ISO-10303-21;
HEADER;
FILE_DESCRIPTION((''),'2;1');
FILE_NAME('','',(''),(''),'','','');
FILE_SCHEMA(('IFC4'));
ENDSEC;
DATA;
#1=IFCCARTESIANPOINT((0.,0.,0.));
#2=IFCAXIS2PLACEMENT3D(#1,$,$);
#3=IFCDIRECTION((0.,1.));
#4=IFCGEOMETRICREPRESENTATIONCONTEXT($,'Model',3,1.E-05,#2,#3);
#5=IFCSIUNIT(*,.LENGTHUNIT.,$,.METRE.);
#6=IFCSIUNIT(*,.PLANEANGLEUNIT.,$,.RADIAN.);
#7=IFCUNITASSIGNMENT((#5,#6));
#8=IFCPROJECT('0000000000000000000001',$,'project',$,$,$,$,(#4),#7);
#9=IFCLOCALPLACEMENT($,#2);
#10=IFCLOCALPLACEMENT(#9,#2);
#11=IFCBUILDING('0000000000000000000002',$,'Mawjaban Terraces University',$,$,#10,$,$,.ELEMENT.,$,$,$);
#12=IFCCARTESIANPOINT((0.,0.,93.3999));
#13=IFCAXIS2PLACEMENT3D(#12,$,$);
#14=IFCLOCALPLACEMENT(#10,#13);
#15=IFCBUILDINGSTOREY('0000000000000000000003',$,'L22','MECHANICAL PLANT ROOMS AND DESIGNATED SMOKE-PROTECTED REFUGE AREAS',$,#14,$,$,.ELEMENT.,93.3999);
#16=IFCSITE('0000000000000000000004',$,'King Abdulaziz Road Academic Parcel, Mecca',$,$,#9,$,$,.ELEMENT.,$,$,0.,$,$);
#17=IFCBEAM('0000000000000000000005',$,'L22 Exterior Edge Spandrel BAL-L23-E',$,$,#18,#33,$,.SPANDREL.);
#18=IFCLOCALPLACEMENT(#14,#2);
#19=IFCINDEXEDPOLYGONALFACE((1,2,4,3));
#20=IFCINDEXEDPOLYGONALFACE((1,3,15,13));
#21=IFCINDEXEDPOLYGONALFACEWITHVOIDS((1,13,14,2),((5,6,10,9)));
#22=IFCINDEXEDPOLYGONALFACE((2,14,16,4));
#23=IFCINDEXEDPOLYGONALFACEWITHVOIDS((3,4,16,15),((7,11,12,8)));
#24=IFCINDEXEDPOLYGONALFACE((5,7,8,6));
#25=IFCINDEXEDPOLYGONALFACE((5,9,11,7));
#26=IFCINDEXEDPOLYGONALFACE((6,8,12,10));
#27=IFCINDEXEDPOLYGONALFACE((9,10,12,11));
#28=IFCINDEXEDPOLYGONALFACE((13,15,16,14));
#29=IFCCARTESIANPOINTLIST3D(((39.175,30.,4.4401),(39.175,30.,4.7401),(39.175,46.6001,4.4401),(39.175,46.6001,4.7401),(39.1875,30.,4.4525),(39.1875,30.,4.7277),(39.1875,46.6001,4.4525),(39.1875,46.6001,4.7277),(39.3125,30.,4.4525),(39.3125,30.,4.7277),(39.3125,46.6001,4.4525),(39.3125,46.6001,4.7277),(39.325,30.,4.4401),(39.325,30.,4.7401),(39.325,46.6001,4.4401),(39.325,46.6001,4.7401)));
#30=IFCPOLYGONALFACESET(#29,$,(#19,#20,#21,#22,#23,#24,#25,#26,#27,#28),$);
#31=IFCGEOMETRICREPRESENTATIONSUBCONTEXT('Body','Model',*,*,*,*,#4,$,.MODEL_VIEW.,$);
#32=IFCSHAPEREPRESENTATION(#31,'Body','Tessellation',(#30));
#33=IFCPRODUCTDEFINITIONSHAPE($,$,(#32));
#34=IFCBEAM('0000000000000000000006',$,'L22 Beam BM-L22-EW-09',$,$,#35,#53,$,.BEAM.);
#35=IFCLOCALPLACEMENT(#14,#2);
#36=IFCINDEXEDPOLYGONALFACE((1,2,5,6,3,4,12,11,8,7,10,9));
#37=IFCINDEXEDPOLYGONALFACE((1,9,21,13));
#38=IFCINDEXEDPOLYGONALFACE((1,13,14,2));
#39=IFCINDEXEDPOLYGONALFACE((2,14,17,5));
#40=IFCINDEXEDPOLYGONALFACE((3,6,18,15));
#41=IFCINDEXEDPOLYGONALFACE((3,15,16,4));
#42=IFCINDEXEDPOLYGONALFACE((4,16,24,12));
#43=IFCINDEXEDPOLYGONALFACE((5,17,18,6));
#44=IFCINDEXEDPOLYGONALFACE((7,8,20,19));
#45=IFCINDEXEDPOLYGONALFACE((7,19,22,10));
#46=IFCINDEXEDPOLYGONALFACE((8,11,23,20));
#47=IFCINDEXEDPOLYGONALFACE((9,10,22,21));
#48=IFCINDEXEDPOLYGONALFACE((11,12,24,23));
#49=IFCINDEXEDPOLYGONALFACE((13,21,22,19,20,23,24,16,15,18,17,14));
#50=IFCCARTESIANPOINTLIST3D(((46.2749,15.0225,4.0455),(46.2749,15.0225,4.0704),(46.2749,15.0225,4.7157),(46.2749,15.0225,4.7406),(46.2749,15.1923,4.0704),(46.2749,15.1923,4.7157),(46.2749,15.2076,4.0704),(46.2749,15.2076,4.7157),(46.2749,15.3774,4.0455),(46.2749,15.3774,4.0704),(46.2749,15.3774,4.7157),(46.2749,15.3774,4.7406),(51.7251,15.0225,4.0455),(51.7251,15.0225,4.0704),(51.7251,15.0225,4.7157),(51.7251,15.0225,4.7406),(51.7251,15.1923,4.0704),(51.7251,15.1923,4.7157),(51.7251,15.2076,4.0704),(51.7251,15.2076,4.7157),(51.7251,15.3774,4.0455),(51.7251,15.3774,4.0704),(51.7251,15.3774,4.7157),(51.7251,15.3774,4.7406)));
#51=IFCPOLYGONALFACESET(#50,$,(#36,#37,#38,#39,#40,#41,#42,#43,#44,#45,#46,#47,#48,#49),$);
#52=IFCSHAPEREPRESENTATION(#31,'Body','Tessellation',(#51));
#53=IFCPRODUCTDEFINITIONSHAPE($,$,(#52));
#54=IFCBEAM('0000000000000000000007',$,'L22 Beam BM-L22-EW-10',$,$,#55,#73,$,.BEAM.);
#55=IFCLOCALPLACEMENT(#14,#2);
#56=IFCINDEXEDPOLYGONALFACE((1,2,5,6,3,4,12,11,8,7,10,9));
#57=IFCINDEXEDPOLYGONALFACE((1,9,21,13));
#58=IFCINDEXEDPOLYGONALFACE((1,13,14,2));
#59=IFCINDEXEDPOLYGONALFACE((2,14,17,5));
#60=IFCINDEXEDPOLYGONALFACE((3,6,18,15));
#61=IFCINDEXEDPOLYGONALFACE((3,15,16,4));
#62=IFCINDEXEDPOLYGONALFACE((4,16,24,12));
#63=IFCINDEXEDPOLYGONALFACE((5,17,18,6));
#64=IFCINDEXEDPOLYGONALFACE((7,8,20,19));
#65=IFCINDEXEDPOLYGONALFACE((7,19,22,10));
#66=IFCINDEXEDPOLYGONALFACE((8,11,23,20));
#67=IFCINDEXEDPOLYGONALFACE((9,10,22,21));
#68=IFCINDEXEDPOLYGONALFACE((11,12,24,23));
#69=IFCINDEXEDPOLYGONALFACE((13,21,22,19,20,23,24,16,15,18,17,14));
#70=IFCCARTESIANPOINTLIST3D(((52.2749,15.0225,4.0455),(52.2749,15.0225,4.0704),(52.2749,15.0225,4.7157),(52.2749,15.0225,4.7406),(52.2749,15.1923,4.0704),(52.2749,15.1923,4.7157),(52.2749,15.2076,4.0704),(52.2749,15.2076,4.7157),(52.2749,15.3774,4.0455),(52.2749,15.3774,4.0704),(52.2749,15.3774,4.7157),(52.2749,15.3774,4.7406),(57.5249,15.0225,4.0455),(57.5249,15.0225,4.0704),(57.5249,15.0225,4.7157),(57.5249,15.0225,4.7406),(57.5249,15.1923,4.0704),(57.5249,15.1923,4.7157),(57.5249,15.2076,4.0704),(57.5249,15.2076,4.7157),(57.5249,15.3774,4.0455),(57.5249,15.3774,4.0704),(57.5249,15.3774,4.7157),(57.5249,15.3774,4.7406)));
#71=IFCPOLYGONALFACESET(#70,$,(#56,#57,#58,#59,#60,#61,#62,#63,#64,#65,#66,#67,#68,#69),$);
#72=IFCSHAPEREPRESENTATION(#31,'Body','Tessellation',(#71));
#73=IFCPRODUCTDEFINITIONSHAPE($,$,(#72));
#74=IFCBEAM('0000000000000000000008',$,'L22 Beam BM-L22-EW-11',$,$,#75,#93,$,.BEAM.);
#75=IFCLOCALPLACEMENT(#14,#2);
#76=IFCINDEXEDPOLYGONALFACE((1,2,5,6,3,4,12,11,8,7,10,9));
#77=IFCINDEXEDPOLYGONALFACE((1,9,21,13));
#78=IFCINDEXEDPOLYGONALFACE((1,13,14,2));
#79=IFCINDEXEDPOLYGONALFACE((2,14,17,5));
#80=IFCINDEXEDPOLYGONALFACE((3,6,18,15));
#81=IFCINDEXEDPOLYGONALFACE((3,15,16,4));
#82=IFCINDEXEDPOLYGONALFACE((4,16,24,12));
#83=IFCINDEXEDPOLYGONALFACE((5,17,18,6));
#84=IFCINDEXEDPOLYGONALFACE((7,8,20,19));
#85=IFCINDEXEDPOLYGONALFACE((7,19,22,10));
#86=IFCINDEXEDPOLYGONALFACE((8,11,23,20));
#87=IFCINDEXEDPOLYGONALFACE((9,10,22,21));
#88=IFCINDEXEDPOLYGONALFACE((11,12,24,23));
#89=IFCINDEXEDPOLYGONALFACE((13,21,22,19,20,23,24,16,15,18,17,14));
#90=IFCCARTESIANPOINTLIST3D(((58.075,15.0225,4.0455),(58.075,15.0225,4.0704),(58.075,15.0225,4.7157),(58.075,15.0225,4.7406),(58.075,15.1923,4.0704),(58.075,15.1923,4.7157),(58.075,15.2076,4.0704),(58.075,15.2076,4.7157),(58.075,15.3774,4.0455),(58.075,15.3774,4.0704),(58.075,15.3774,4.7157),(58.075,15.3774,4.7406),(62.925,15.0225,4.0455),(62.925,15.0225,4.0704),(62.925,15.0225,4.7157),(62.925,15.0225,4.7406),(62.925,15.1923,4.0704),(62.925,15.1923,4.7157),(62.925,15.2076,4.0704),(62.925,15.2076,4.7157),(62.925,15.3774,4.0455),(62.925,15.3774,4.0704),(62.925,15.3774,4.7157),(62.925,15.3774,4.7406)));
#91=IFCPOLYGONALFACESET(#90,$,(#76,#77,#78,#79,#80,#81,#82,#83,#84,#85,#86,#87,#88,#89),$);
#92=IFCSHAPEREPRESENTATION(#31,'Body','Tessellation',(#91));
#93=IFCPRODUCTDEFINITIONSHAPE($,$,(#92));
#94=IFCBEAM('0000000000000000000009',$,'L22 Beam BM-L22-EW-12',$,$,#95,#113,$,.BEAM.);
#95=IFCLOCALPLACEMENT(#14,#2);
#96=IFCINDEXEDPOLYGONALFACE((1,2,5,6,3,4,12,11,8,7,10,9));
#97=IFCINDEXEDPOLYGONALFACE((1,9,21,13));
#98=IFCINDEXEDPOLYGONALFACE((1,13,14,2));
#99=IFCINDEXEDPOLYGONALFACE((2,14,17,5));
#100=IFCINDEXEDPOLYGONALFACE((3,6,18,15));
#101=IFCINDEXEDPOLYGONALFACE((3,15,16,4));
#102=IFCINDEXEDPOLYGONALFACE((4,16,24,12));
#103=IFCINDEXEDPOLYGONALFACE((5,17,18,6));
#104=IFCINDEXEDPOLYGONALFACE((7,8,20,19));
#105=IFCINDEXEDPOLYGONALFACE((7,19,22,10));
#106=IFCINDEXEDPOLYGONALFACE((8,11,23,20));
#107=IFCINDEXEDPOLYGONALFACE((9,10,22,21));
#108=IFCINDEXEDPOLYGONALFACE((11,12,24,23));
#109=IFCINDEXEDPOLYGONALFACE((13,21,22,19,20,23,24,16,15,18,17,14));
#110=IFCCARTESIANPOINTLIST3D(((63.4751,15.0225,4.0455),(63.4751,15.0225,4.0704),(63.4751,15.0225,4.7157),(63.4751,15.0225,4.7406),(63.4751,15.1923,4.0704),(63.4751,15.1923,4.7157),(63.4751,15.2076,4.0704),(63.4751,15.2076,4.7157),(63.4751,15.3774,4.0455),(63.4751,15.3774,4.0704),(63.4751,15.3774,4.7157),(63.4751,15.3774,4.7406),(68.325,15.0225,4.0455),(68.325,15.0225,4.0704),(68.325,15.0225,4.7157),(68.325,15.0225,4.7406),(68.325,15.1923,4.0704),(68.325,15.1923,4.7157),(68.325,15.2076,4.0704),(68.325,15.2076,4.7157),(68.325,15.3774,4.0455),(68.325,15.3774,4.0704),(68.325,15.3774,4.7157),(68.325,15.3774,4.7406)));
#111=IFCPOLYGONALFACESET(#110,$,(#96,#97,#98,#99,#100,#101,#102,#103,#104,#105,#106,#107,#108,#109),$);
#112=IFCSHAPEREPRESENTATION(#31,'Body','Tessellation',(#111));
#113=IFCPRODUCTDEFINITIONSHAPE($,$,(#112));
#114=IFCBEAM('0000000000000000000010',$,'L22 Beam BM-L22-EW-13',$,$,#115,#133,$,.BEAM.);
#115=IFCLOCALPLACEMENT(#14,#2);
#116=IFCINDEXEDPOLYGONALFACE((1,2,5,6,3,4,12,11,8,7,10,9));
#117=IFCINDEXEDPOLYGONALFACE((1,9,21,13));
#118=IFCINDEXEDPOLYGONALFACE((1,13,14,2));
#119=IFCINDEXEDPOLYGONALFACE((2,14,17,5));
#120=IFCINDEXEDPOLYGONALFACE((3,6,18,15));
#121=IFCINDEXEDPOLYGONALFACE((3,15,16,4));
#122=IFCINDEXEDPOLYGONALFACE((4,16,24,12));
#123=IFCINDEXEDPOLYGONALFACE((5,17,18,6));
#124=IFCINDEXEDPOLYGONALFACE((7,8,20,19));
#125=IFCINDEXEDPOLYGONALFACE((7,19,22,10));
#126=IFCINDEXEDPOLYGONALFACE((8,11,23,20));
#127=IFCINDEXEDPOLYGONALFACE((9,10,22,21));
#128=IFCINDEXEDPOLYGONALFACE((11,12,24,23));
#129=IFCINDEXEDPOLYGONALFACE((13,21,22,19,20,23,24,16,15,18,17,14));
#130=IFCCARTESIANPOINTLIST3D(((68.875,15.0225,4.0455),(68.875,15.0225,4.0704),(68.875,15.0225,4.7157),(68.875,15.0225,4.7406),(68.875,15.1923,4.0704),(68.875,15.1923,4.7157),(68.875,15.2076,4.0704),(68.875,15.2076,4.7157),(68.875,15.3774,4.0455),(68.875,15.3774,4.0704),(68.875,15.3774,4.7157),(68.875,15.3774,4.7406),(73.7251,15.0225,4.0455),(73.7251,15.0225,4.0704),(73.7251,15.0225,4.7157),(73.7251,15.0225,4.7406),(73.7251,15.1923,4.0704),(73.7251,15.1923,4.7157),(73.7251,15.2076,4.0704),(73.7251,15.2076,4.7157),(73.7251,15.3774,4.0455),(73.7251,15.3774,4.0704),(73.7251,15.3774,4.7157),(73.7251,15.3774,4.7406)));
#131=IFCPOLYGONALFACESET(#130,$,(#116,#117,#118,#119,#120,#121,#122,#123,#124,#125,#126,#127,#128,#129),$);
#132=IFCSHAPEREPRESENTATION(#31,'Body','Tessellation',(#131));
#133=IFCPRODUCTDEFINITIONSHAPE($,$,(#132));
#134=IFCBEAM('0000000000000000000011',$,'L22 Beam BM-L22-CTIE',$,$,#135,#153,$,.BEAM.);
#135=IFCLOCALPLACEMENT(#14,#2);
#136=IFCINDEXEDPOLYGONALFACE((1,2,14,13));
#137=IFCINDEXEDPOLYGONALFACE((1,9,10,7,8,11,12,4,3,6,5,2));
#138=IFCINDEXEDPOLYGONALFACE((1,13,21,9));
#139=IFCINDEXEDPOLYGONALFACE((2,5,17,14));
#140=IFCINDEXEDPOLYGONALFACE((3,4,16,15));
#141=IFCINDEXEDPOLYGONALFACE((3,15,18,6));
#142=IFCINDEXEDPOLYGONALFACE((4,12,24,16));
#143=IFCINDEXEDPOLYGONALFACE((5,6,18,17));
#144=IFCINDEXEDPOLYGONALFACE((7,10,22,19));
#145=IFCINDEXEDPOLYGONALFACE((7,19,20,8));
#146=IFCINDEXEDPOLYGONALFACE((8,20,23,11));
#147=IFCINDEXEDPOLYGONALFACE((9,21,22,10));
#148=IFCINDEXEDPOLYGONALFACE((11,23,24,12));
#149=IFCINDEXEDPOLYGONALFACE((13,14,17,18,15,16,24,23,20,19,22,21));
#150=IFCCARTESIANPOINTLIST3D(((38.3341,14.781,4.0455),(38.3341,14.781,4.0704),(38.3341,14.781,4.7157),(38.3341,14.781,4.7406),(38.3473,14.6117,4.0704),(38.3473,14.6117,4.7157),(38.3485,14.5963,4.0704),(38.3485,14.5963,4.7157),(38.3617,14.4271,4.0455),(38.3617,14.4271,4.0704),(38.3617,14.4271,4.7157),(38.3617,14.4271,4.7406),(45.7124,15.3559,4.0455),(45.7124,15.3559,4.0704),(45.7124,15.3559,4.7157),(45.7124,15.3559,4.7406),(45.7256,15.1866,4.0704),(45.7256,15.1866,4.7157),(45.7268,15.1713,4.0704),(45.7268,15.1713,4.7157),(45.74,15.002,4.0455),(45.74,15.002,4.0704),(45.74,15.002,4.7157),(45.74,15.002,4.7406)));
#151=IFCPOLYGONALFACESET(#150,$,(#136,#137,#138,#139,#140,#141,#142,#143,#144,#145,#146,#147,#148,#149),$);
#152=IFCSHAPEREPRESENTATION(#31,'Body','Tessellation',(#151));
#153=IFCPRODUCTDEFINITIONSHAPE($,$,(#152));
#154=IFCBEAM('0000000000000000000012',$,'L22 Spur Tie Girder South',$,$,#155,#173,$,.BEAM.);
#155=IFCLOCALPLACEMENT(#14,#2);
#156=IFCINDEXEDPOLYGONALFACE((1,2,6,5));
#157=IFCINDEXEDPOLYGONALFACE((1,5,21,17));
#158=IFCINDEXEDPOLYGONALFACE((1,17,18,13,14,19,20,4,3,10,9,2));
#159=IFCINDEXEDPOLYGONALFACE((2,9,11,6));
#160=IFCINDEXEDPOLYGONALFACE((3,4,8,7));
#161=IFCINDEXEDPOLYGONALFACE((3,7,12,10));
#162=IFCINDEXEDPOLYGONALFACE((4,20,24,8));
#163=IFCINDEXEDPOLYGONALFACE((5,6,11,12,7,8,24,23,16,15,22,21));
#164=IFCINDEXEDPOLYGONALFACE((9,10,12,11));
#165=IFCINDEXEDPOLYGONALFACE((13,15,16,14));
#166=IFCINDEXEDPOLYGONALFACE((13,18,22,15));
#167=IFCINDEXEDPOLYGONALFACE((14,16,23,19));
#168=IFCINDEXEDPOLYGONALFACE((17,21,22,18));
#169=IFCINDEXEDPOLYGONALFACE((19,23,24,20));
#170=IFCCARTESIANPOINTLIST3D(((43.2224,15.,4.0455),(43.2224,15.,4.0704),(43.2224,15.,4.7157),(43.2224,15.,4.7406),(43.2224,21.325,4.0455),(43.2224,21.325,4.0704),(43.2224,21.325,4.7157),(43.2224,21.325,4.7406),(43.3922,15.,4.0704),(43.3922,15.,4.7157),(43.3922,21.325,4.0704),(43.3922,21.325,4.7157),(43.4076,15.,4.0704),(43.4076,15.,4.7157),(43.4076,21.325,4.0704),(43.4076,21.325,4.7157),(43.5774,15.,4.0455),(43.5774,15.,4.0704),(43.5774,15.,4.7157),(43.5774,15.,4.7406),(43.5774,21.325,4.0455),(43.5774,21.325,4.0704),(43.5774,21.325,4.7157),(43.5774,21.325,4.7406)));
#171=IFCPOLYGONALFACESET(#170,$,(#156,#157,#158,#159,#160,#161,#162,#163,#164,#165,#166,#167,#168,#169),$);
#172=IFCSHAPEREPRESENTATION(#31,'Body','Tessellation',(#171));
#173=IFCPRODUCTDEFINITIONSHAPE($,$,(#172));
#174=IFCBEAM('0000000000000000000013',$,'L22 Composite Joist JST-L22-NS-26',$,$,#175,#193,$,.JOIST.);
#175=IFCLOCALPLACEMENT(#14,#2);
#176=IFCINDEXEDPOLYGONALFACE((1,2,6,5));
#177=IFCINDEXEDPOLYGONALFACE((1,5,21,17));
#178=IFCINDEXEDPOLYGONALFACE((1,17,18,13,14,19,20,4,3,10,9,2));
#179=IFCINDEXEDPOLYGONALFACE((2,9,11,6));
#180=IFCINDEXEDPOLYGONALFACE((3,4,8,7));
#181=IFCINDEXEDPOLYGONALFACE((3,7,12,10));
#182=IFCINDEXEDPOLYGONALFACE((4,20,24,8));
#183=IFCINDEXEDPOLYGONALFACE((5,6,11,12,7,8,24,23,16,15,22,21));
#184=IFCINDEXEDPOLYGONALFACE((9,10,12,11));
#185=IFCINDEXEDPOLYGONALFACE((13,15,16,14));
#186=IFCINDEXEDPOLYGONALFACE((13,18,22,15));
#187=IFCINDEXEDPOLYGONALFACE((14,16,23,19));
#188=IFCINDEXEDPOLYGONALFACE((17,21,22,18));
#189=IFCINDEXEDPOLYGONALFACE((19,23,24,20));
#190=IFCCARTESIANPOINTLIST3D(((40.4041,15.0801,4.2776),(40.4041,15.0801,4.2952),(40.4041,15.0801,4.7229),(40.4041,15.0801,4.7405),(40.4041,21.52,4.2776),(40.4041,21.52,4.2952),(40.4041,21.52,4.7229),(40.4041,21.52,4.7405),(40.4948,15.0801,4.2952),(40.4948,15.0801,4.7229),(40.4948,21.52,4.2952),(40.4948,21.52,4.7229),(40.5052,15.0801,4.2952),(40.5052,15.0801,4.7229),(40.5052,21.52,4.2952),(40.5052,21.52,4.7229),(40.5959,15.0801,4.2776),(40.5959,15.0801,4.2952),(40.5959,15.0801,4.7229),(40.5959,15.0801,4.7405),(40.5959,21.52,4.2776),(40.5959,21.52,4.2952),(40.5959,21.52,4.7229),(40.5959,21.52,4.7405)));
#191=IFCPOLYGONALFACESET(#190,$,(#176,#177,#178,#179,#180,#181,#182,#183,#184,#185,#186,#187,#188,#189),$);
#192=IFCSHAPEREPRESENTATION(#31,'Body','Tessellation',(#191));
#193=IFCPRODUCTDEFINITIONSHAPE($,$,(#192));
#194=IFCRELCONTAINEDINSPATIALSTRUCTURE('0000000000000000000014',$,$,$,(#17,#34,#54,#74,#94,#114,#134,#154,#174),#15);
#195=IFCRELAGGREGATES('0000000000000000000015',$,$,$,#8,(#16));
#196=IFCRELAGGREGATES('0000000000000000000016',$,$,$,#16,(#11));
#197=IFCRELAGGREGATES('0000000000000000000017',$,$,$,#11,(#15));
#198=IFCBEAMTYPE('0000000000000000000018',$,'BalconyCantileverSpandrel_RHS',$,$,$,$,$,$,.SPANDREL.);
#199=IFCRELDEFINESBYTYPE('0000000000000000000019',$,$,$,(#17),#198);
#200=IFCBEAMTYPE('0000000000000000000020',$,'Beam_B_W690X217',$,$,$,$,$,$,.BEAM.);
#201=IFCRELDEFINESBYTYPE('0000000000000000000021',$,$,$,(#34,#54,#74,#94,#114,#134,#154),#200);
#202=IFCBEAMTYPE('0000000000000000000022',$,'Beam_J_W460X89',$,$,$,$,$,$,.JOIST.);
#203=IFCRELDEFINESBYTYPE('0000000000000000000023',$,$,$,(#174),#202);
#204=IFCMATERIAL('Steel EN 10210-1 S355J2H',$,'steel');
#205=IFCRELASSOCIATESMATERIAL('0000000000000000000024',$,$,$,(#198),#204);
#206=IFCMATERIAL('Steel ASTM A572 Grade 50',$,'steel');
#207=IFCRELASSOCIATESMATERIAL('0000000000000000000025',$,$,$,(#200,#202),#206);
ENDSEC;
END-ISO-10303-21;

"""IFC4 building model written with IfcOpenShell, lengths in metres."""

from ifc_helpers import new_model, si_unit, direction, frame, origin, origin_2d, place, context, subcontext, project, spatial, hollow_rectangle, i_section, extrude, material, material_profile, profile_set, type_object, element, save


model = new_model("IFC4")

# Units and contexts
model_context = context("Model", 3, precision=1e-05, world=origin(), true_north=direction((0.0, 1.0)))
body_context = subcontext(model_context, "Body", "Model", "MODEL_VIEW")
ifc_project = project(units=[si_unit("LENGTHUNIT", "METRE"), si_unit("PLANEANGLEUNIT", "RADIAN")], contexts=[model_context])

# Site, building, storey
site_placement = place(None, origin())
site = spatial("IfcSite", under=ifc_project, at=site_placement, Name="King Abdulaziz Road Academic Parcel, Mecca", CompositionType="ELEMENT", RefElevation=0.0)
building_placement = place(site_placement, origin())
building = spatial("IfcBuilding", under=site, at=building_placement, Name="Mawjaban Terraces University", CompositionType="ELEMENT")
storey_placement = place(building_placement, frame((0.0, 0.0, 93.3999)))
storey = spatial("IfcBuildingStorey", under=building, at=storey_placement, Name="L22", Description="MECHANICAL PLANT ROOMS AND DESIGNATED SMOKE-PROTECTED REFUGE AREAS", CompositionType="ELEMENT", Elevation=93.3999)

# Shared definitions
ifc_material_1 = material(Name="Steel EN 10210-1 S355J2H", Category="steel")

# Beams
ifc_material_profile_1 = material_profile(ifc_material_1, hollow_rectangle(XDim=0.1499, YDim=0.3, WallThickness=0.0125, at=origin_2d()), Name="RHS300X150X12.5")
ifc_profile_set_1 = profile_set([ifc_material_profile_1], Name="Steel EN 10210-1 S355J2H")
beam_type_1 = type_object("IfcBeamType", Name="BalconyCantileverSpandrel_RHS", PredefinedType="SPANDREL", material=ifc_profile_set_1)
beam_1_placement = place(storey_placement, frame((39.25, 30.0, 4.5901), z_axis=(0.0, 1.0, 0.0), x_axis=(-1.0, 0.0, 0.0)))
element("IfcBeam", 1, at=beam_1_placement, inside=storey, type_object=beam_type_1, Name="L22 Exterior Edge Spandrel BAL-L23-E", PredefinedType="SPANDREL", context=body_context, shape_type="SweptSolid", body=[
    extrude(hollow_rectangle(XDim=0.1499, YDim=0.3, WallThickness=0.0125, at=origin_2d()), origin(), (0.0, 0.0, 1.0), 16.6001),
])
ifc_material_2 = material(Name="Steel ASTM A572 Grade 50", Category="steel")
ifc_material_profile_2 = material_profile(ifc_material_2, i_section(OverallWidth=0.355, OverallDepth=0.6951, WebThickness=0.0154, FlangeThickness=0.0249, at=origin_2d()), Name="W690X217")
ifc_profile_set_2 = profile_set([ifc_material_profile_2], Name="Steel ASTM A572 Grade 50")
beam_type_2 = type_object("IfcBeamType", Name="Beam_B_W690X217", PredefinedType="BEAM", material=ifc_profile_set_2)
beam_2_placement = place(storey_placement, frame((46.2749, 15.2, 4.3931), z_axis=(1.0, 0.0, 0.0), x_axis=(0.0, 1.0, 0.0)))
element("IfcBeam", 2, at=beam_2_placement, inside=storey, type_object=beam_type_2, Name="L22 Beam BM-L22-EW-09", PredefinedType="BEAM", context=body_context, shape_type="SweptSolid", body=[
    extrude(i_section(OverallWidth=0.355, OverallDepth=0.6951, WebThickness=0.0154, FlangeThickness=0.0249, at=origin_2d()), origin(), (0.0, 0.0, 1.0), 5.4502),
])
beam_3_placement = place(storey_placement, frame((52.2749, 15.2, 4.3931), z_axis=(1.0, 0.0, 0.0), x_axis=(0.0, 1.0, 0.0)))
element("IfcBeam", 3, at=beam_3_placement, inside=storey, type_object=beam_type_2, Name="L22 Beam BM-L22-EW-10", PredefinedType="BEAM", context=body_context, shape_type="SweptSolid", body=[
    extrude(i_section(OverallWidth=0.355, OverallDepth=0.6951, WebThickness=0.0154, FlangeThickness=0.0249, at=origin_2d()), origin(), (0.0, 0.0, 1.0), 5.25),
])
beam_4_placement = place(storey_placement, frame((58.075, 15.2, 4.3931), z_axis=(1.0, 0.0, 0.0), x_axis=(0.0, 1.0, 0.0)))
element("IfcBeam", 4, at=beam_4_placement, inside=storey, type_object=beam_type_2, Name="L22 Beam BM-L22-EW-11", PredefinedType="BEAM", context=body_context, shape_type="SweptSolid", body=[
    extrude(i_section(OverallWidth=0.355, OverallDepth=0.6951, WebThickness=0.0154, FlangeThickness=0.0249, at=origin_2d()), origin(), (0.0, 0.0, 1.0), 4.8501),
])
beam_5_placement = place(storey_placement, frame((63.4751, 15.2, 4.3931), z_axis=(1.0, 0.0, 0.0), x_axis=(0.0, 1.0, 0.0)))
element("IfcBeam", 5, at=beam_5_placement, inside=storey, type_object=beam_type_2, Name="L22 Beam BM-L22-EW-12", PredefinedType="BEAM", context=body_context, shape_type="SweptSolid", body=[
    extrude(i_section(OverallWidth=0.355, OverallDepth=0.6951, WebThickness=0.0154, FlangeThickness=0.0249, at=origin_2d()), origin(), (0.0, 0.0, 1.0), 4.8499),
])
beam_6_placement = place(storey_placement, frame((68.875, 15.2, 4.3931), z_axis=(1.0, 0.0, 0.0), x_axis=(0.0, 1.0, 0.0)))
element("IfcBeam", 6, at=beam_6_placement, inside=storey, type_object=beam_type_2, Name="L22 Beam BM-L22-EW-13", PredefinedType="BEAM", context=body_context, shape_type="SweptSolid", body=[
    extrude(i_section(OverallWidth=0.355, OverallDepth=0.6951, WebThickness=0.0154, FlangeThickness=0.0249, at=origin_2d()), origin(), (0.0, 0.0, 1.0), 4.8501),
])
beam_7_placement = place(storey_placement, frame((38.3479, 14.604, 4.3931), z_axis=(0.996978, 0.07769, 0.0), x_axis=(-0.07769, 0.996978, 0.0)))
element("IfcBeam", 7, at=beam_7_placement, inside=storey, type_object=beam_type_2, Name="L22 Beam BM-L22-CTIE", PredefinedType="BEAM", context=body_context, shape_type="SweptSolid", body=[
    extrude(i_section(OverallWidth=0.355, OverallDepth=0.6951, WebThickness=0.0154, FlangeThickness=0.0249, at=origin_2d()), origin(), (0.0, 0.0, 1.0), 7.4006),
])
beam_8_placement = place(storey_placement, frame((43.3999, 15.0, 4.3931), z_axis=(0.0, 1.0, 0.0), x_axis=(-1.0, 0.0, 0.0)))
element("IfcBeam", 8, at=beam_8_placement, inside=storey, type_object=beam_type_2, Name="L22 Spur Tie Girder South", PredefinedType="BEAM", context=body_context, shape_type="SweptSolid", body=[
    extrude(i_section(OverallWidth=0.355, OverallDepth=0.6951, WebThickness=0.0154, FlangeThickness=0.0249, at=origin_2d()), origin(), (0.0, 0.0, 1.0), 6.325),
])
ifc_material_profile_3 = material_profile(ifc_material_2, i_section(OverallWidth=0.1919, OverallDepth=0.4629, WebThickness=0.0105, FlangeThickness=0.0176, at=origin_2d()), Name="W460X89")
ifc_profile_set_3 = profile_set([ifc_material_profile_3], Name="Steel ASTM A572 Grade 50")
beam_type_3 = type_object("IfcBeamType", Name="Beam_J_W460X89", PredefinedType="JOIST", material=ifc_profile_set_3)
beam_9_placement = place(storey_placement, frame((40.5, 15.0801, 4.509), z_axis=(0.0, 1.0, 0.0), x_axis=(-1.0, 0.0, 0.0)))
element("IfcBeam", 9, at=beam_9_placement, inside=storey, type_object=beam_type_3, Name="L22 Composite Joist JST-L22-NS-26", PredefinedType="JOIST", context=body_context, shape_type="SweptSolid", body=[
    extrude(i_section(OverallWidth=0.1919, OverallDepth=0.4629, WebThickness=0.0105, FlangeThickness=0.0176, at=origin_2d()), origin(), (0.0, 0.0, 1.0), 6.4399),
])

save(model, "model.ifc")
